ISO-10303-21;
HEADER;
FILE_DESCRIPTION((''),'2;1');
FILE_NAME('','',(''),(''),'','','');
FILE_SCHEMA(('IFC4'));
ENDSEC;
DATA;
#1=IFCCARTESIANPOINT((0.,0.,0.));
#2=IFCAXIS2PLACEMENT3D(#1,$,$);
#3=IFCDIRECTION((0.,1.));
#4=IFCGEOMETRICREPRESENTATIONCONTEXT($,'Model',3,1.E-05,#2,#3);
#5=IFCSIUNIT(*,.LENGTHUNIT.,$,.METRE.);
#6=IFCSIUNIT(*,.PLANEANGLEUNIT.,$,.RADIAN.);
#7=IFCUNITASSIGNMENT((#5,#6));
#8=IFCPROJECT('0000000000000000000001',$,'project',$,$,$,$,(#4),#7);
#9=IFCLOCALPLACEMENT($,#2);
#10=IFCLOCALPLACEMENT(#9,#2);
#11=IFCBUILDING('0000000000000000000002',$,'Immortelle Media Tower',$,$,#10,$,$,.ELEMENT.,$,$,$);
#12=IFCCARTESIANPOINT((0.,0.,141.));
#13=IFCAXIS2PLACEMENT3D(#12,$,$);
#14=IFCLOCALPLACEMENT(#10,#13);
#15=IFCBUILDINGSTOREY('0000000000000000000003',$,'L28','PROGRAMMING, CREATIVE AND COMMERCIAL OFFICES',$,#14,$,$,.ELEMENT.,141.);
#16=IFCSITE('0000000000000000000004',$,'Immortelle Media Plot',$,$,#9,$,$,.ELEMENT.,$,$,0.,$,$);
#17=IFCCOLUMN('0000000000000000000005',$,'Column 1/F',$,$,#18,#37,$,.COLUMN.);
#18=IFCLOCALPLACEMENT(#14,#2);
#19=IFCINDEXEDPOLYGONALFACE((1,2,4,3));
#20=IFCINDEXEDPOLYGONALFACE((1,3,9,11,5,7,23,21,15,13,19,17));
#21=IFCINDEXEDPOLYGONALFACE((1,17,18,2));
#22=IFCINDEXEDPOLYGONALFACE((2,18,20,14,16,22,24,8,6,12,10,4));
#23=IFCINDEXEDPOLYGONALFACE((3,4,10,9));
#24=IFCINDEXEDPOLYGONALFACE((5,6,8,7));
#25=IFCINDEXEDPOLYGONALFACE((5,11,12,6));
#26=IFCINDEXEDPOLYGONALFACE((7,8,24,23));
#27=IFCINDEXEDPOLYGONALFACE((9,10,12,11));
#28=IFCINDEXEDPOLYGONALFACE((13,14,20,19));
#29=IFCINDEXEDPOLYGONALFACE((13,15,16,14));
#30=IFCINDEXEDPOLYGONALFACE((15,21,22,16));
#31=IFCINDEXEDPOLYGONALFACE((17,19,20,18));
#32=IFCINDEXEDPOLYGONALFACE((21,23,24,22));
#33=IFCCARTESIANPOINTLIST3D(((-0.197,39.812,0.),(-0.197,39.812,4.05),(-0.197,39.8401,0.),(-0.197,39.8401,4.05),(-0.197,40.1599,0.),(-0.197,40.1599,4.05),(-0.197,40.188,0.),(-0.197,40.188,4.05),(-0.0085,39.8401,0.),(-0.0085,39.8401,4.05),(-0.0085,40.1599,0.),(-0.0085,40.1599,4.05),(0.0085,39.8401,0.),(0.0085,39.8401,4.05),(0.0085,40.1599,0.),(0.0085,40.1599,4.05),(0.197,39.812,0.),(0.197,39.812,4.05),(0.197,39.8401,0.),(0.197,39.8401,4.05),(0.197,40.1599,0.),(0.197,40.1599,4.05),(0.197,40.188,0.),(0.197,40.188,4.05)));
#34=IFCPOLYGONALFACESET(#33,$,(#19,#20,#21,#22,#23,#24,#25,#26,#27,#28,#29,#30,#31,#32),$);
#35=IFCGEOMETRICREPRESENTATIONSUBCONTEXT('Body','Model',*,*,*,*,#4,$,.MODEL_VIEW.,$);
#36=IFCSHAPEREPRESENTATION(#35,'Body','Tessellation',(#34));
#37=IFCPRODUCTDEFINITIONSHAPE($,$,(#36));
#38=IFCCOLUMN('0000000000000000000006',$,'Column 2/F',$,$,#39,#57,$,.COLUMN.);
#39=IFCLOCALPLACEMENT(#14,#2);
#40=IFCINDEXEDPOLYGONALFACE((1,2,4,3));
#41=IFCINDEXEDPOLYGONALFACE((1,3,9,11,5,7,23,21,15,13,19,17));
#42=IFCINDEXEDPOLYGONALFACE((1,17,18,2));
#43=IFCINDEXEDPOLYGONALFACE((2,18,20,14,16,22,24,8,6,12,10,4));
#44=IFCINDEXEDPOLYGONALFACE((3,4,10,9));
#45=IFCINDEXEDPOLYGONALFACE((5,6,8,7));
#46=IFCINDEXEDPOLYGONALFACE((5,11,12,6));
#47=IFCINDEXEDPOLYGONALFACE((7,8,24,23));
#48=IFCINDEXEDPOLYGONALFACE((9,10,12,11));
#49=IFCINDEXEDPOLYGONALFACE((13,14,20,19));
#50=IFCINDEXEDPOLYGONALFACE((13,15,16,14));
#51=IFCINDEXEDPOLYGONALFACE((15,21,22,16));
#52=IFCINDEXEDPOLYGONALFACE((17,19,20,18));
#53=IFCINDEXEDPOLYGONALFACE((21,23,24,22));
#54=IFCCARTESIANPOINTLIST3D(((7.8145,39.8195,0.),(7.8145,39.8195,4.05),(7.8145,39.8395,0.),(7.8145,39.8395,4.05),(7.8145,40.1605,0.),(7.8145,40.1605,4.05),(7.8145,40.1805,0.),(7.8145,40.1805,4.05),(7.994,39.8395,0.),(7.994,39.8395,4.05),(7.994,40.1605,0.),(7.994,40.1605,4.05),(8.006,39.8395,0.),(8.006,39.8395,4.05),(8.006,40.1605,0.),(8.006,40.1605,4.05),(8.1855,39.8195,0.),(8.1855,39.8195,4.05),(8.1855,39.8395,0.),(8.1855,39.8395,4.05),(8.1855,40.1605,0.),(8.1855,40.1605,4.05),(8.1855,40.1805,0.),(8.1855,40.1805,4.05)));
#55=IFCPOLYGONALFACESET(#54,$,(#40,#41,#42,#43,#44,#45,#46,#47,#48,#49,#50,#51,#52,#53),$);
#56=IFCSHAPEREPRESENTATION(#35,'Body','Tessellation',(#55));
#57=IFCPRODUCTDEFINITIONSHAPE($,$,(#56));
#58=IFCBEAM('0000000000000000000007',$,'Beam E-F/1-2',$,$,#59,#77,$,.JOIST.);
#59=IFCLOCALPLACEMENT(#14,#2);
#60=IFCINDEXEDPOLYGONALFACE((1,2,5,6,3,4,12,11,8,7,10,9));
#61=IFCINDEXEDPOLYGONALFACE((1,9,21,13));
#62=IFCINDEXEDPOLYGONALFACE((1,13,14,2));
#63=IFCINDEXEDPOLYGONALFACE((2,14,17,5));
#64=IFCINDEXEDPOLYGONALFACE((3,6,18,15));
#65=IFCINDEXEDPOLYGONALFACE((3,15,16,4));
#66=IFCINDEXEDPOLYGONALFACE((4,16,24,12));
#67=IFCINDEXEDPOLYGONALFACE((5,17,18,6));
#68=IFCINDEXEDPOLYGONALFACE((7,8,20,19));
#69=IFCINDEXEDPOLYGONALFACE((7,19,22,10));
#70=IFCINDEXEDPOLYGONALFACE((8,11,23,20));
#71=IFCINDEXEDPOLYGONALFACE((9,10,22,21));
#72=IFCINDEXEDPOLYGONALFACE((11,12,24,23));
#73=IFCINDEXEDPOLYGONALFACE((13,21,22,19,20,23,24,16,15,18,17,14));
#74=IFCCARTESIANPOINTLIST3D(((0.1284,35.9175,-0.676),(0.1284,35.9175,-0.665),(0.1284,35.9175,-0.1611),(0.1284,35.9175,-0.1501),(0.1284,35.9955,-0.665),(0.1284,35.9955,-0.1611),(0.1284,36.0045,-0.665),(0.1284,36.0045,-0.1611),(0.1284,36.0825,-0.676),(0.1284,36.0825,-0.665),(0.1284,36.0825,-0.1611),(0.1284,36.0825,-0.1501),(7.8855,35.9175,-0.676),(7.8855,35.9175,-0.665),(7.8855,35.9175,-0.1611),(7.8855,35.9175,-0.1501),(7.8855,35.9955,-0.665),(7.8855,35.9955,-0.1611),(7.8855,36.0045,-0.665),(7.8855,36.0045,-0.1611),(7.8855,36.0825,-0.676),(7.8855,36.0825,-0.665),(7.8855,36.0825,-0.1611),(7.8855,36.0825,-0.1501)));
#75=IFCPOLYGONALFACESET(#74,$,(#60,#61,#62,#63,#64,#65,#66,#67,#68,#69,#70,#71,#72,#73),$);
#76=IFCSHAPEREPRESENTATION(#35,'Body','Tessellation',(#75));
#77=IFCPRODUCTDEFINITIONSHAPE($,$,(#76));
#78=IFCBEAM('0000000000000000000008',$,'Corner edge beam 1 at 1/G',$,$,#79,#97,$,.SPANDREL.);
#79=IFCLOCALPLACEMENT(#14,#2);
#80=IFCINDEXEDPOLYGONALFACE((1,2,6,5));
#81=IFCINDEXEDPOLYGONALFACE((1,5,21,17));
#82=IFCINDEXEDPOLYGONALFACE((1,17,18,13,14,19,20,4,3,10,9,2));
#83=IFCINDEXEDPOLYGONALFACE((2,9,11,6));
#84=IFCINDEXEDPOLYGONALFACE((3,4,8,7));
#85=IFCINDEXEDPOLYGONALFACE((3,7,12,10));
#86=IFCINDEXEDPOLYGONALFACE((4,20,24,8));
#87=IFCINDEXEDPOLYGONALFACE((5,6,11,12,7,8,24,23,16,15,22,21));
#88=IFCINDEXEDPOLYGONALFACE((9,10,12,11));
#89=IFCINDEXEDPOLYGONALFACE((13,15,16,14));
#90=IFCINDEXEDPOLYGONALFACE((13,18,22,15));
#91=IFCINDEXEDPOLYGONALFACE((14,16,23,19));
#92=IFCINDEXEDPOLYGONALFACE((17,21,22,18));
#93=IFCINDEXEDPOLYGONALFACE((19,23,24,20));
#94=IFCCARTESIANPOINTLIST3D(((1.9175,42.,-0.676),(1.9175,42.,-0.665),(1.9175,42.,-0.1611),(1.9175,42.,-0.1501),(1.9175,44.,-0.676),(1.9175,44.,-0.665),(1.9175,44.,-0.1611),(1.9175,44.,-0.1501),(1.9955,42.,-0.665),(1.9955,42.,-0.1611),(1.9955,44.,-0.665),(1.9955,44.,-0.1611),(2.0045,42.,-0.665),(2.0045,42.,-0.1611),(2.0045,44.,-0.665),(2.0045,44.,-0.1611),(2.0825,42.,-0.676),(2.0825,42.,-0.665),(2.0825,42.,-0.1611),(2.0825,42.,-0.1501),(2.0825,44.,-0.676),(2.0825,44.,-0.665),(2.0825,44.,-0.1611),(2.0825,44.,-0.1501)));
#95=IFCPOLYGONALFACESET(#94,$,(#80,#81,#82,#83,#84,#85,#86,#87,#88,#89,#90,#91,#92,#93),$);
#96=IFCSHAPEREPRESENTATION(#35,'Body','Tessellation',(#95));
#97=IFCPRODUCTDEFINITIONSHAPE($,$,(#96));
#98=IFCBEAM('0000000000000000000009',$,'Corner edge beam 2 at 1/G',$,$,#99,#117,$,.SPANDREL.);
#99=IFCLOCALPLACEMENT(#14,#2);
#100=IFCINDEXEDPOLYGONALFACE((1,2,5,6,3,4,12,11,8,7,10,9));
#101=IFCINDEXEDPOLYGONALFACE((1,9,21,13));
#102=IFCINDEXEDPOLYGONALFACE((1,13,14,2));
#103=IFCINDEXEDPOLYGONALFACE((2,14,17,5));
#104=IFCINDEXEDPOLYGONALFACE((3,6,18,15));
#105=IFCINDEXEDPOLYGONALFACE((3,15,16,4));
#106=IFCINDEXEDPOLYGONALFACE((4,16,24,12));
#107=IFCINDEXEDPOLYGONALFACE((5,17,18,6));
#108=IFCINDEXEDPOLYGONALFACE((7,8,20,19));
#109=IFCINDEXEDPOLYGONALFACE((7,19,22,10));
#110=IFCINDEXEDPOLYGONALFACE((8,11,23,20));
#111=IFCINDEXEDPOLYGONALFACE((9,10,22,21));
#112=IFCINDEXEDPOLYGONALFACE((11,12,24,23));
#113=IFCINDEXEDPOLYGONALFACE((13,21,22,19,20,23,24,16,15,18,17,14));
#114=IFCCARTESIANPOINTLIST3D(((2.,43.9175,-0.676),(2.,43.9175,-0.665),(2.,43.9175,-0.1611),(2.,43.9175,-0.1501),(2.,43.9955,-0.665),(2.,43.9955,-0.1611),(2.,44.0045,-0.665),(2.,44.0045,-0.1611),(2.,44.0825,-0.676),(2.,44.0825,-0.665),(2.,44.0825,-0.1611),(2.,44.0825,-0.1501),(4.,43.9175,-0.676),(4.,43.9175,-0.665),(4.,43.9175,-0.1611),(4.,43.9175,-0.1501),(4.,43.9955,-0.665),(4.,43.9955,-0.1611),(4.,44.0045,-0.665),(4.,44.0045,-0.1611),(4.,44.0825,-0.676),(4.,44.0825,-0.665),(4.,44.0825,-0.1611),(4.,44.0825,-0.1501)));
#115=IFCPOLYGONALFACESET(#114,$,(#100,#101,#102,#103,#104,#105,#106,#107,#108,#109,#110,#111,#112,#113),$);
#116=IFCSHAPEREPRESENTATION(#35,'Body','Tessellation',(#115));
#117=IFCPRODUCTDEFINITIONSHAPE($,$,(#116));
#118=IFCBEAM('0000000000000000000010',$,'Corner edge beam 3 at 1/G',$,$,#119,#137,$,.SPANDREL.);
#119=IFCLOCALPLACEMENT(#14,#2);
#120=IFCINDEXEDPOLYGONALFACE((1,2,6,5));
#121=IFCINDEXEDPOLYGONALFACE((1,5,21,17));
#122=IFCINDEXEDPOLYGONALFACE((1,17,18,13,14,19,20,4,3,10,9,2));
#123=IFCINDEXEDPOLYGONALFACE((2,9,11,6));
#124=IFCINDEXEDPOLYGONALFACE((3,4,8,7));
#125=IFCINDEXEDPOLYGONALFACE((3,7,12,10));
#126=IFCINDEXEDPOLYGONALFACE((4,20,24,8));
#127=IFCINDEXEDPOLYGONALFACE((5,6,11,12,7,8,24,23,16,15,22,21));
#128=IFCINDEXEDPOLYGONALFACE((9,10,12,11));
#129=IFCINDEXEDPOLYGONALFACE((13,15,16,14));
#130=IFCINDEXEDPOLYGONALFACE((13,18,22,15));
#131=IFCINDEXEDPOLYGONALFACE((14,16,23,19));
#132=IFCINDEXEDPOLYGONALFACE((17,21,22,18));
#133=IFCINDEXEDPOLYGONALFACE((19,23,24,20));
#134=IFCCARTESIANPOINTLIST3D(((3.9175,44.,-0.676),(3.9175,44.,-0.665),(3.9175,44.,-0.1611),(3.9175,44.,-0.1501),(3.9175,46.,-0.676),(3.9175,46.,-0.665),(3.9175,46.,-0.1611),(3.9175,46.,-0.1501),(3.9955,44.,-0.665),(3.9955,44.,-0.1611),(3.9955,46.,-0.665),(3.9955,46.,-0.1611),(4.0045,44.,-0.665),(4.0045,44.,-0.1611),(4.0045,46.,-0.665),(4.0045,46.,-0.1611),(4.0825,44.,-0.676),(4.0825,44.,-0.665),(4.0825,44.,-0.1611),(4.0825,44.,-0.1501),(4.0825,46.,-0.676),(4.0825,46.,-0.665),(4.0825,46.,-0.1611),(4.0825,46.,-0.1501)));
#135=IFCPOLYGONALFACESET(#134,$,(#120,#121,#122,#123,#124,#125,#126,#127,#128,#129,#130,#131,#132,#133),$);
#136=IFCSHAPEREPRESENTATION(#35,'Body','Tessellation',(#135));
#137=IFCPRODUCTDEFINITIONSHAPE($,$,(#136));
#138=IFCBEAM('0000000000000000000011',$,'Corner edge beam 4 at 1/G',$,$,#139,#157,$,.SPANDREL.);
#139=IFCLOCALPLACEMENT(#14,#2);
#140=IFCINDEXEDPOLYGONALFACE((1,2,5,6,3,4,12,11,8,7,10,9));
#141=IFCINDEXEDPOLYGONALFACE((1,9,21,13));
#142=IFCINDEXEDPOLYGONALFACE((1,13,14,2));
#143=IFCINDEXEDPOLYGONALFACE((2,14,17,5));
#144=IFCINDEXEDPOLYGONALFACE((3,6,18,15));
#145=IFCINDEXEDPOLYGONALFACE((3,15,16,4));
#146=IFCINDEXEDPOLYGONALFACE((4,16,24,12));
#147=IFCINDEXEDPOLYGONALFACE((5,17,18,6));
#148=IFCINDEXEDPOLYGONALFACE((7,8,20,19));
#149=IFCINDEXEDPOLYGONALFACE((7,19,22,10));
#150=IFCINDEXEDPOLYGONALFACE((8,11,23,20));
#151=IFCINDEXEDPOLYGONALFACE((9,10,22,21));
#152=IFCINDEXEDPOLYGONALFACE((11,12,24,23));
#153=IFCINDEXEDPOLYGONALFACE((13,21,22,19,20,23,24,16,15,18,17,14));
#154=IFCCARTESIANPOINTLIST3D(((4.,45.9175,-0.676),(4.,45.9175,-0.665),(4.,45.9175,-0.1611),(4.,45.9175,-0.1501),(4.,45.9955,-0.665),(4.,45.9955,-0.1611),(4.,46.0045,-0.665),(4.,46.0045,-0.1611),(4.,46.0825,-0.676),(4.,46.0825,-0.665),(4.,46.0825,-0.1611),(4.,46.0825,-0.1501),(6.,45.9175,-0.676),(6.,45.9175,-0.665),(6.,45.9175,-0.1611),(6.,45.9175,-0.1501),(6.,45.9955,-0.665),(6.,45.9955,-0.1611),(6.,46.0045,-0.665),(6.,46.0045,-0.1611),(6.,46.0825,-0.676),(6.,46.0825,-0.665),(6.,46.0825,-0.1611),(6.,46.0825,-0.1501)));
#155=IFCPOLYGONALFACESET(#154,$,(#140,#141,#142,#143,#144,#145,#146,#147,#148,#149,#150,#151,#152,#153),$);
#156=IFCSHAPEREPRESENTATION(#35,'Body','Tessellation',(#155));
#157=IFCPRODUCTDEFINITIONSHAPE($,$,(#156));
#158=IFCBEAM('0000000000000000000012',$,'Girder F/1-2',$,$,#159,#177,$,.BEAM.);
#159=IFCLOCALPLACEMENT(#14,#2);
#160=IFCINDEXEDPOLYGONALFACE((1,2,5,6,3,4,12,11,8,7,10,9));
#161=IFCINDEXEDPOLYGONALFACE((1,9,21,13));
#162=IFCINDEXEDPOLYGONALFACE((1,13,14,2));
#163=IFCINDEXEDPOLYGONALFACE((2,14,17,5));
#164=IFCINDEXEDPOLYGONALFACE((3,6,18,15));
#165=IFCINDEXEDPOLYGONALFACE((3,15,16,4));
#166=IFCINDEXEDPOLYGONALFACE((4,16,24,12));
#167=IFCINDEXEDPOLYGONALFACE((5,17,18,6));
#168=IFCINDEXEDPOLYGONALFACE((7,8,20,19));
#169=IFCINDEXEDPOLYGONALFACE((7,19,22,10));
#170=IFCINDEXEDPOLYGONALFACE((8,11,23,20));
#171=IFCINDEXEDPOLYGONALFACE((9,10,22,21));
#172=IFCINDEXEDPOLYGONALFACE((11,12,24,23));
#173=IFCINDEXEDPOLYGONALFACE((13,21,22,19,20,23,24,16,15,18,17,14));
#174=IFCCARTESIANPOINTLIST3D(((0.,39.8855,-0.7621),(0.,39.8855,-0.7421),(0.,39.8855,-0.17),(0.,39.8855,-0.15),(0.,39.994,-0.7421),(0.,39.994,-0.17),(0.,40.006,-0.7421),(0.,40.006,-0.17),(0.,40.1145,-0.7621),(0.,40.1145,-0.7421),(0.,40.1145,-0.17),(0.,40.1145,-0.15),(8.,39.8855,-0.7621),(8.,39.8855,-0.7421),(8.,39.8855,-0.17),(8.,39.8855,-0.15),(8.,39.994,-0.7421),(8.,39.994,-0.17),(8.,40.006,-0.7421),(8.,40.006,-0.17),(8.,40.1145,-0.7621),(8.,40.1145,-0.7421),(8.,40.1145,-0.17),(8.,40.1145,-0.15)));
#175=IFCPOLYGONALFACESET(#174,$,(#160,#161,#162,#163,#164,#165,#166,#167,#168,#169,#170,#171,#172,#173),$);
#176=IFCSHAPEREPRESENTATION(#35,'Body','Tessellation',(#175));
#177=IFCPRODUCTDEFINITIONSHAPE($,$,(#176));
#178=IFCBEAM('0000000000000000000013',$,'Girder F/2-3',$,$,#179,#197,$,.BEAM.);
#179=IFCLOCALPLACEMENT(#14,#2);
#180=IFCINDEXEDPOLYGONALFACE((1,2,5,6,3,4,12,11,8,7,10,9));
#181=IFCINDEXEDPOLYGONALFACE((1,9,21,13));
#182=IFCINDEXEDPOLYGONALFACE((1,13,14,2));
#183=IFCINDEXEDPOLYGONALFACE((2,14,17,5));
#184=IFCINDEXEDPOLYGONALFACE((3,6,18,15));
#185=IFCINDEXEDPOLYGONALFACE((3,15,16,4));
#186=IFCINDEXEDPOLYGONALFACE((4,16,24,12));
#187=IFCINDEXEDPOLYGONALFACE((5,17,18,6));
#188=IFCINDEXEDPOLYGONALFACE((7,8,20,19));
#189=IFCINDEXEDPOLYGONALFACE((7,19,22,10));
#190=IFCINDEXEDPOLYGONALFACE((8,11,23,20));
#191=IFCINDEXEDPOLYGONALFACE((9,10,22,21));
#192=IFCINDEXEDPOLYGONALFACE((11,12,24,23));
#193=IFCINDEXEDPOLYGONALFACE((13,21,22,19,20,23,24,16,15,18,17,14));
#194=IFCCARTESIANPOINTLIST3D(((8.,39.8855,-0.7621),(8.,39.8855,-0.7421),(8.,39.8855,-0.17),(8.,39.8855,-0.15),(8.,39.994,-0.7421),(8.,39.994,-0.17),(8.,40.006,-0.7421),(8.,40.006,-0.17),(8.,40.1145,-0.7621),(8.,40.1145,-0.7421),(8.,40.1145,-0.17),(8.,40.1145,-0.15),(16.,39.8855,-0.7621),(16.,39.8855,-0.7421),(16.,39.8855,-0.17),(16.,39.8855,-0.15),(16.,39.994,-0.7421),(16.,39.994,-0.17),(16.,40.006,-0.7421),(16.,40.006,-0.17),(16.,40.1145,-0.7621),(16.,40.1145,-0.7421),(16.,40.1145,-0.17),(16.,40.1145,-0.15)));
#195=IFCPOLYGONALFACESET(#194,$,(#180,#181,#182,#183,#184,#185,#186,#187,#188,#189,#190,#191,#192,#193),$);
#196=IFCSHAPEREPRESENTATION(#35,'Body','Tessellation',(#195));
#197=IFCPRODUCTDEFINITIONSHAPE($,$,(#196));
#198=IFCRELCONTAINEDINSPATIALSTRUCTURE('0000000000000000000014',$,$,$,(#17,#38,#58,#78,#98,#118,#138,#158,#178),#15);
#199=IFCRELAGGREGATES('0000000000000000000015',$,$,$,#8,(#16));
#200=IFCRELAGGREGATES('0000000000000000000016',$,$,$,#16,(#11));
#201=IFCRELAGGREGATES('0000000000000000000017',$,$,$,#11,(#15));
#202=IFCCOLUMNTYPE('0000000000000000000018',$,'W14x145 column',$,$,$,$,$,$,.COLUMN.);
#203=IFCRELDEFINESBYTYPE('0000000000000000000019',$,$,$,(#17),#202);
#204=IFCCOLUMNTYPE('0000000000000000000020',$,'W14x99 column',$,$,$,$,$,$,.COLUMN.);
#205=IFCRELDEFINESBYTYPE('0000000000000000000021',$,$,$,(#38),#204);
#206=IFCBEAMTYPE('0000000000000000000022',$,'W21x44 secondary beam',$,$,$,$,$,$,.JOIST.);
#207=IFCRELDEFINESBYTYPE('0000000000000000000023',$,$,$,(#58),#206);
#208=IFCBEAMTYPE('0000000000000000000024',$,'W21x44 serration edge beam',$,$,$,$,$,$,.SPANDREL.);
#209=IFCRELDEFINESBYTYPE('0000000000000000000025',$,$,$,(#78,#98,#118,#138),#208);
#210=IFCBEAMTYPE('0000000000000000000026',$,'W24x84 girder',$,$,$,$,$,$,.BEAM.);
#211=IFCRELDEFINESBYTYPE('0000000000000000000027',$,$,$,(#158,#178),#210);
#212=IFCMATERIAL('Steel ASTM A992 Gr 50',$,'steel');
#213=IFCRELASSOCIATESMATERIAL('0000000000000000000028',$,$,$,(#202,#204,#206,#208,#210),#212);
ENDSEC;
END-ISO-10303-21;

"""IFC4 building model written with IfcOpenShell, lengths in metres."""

from ifc_helpers import new_model, si_unit, direction, frame, origin, origin_2d, place, context, subcontext, project, spatial, i_section, extrude, material, material_profile, profile_set, type_object, element, save


model = new_model("IFC4")

# Units and contexts
model_context = context("Model", 3, precision=1e-05, world=origin(), true_north=direction((0.0, 1.0)))
body_context = subcontext(model_context, "Body", "Model", "MODEL_VIEW")
ifc_project = project(units=[si_unit("LENGTHUNIT", "METRE"), si_unit("PLANEANGLEUNIT", "RADIAN")], contexts=[model_context])

# Site, building, storey
site_placement = place(None, origin())
site = spatial("IfcSite", under=ifc_project, at=site_placement, Name="Immortelle Media Plot", CompositionType="ELEMENT", RefElevation=0.0)
building_placement = place(site_placement, origin())
building = spatial("IfcBuilding", under=site, at=building_placement, Name="Immortelle Media Tower", CompositionType="ELEMENT")
storey_placement = place(building_placement, frame((0.0, 0.0, 141.0)))
storey = spatial("IfcBuildingStorey", under=building, at=storey_placement, Name="L28", Description="PROGRAMMING, CREATIVE AND COMMERCIAL OFFICES", CompositionType="ELEMENT", Elevation=141.0)

# Columns
ifc_material_1 = material(Name="Steel ASTM A992 Gr 50", Category="steel")
ifc_material_profile_1 = material_profile(ifc_material_1, i_section(OverallWidth=0.394, OverallDepth=0.376, WebThickness=0.0171, FlangeThickness=0.0281, at=origin_2d()), Name="W14x145")
ifc_profile_set_1 = profile_set([ifc_material_profile_1], Name="Steel ASTM A992 Gr 50")
column_type_1 = type_object("IfcColumnType", Name="W14x145 column", PredefinedType="COLUMN", material=ifc_profile_set_1)
column_1_placement = place(storey_placement, frame((0.0, 40.0, 0.0), z_axis=(0.0, 0.0, 1.0), x_axis=(1.0, 0.0, 0.0)))
element("IfcColumn", 1, at=column_1_placement, inside=storey, type_object=column_type_1, Name="Column 1/F", PredefinedType="COLUMN", context=body_context, shape_type="SweptSolid", body=[
    extrude(i_section(OverallWidth=0.394, OverallDepth=0.376, WebThickness=0.0171, FlangeThickness=0.0281, at=origin_2d()), origin(), (0.0, 0.0, 1.0), 4.05),
])
ifc_material_profile_2 = material_profile(ifc_material_1, i_section(OverallWidth=0.3711, OverallDepth=0.3611, WebThickness=0.012, FlangeThickness=0.02, at=origin_2d()), Name="W14x99")
ifc_profile_set_2 = profile_set([ifc_material_profile_2], Name="Steel ASTM A992 Gr 50")
column_type_2 = type_object("IfcColumnType", Name="W14x99 column", PredefinedType="COLUMN", material=ifc_profile_set_2)
column_2_placement = place(storey_placement, frame((8.0, 40.0, 0.0), z_axis=(0.0, 0.0, 1.0), x_axis=(1.0, 0.0, 0.0)))
element("IfcColumn", 2, at=column_2_placement, inside=storey, type_object=column_type_2, Name="Column 2/F", PredefinedType="COLUMN", context=body_context, shape_type="SweptSolid", body=[
    extrude(i_section(OverallWidth=0.3711, OverallDepth=0.3611, WebThickness=0.012, FlangeThickness=0.02, at=origin_2d()), origin(), (0.0, 0.0, 1.0), 4.05),
])

# Beams
ifc_material_profile_3 = material_profile(ifc_material_1, i_section(OverallWidth=0.165, OverallDepth=0.5259, WebThickness=0.009, FlangeThickness=0.011, at=origin_2d()), Name="W21x44")
ifc_profile_set_3 = profile_set([ifc_material_profile_3], Name="Steel ASTM A992 Gr 50")
beam_type_1 = type_object("IfcBeamType", Name="W21x44 secondary beam", PredefinedType="JOIST", material=ifc_profile_set_3)
beam_1_placement = place(storey_placement, frame((0.1284, 36.0, -0.4131), z_axis=(1.0, 0.0, 0.0), x_axis=(0.0, 1.0, 0.0)))
element("IfcBeam", 3, at=beam_1_placement, inside=storey, type_object=beam_type_1, Name="Beam E-F/1-2", PredefinedType="JOIST", context=body_context, shape_type="SweptSolid", body=[
    extrude(i_section(OverallWidth=0.165, OverallDepth=0.5259, WebThickness=0.009, FlangeThickness=0.011, at=origin_2d()), origin(), (0.0, 0.0, 1.0), 7.7571),
])
ifc_material_profile_4 = material_profile(ifc_material_1, i_section(OverallWidth=0.165, OverallDepth=0.5259, WebThickness=0.009, FlangeThickness=0.011, at=origin_2d()), Name="W21x44")
ifc_profile_set_4 = profile_set([ifc_material_profile_4], Name="Steel ASTM A992 Gr 50")
beam_type_2 = type_object("IfcBeamType", Name="W21x44 serration edge beam", PredefinedType="SPANDREL", material=ifc_profile_set_4)
for number, where, z_axis, x_axis, name in (
    (4, (2.0, 42.0, -0.4131), (0.0, 1.0, 0.0), (-1.0, 0.0, 0.0), "Corner edge beam 1 at 1/G"),
    (5, (2.0, 44.0, -0.4131), (1.0, 0.0, 0.0), (0.0, 1.0, 0.0), "Corner edge beam 2 at 1/G"),
    (6, (4.0, 44.0, -0.4131), (0.0, 1.0, 0.0), (-1.0, 0.0, 0.0), "Corner edge beam 3 at 1/G"),
    (7, (4.0, 46.0, -0.4131), (1.0, 0.0, 0.0), (0.0, 1.0, 0.0), "Corner edge beam 4 at 1/G"),
):
    element("IfcBeam", number, at=place(storey_placement, frame(where, z_axis=z_axis, x_axis=x_axis)), inside=storey, type_object=beam_type_2, Name=name, PredefinedType="SPANDREL", context=body_context, shape_type="SweptSolid", body=[
        extrude(i_section(OverallWidth=0.165, OverallDepth=0.5259, WebThickness=0.009, FlangeThickness=0.011, at=origin_2d()), origin(), (0.0, 0.0, 1.0), 2.0),
    ])
ifc_material_profile_5 = material_profile(ifc_material_1, i_section(OverallWidth=0.229, OverallDepth=0.6121, WebThickness=0.012, FlangeThickness=0.02, at=origin_2d()), Name="W24x84")
ifc_profile_set_5 = profile_set([ifc_material_profile_5], Name="Steel ASTM A992 Gr 50")
beam_type_3 = type_object("IfcBeamType", Name="W24x84 girder", PredefinedType="BEAM", material=ifc_profile_set_5)
for number, where, z_axis, x_axis, name in (
    (8, (0.0, 40.0, -0.4561), (1.0, 0.0, 0.0), (0.0, 1.0, 0.0), "Girder F/1-2"),
    (9, (8.0, 40.0, -0.4561), (1.0, 0.0, 0.0), (0.0, 1.0, 0.0), "Girder F/2-3"),
):
    element("IfcBeam", number, at=place(storey_placement, frame(where, z_axis=z_axis, x_axis=x_axis)), inside=storey, type_object=beam_type_3, Name=name, PredefinedType="BEAM", context=body_context, shape_type="SweptSolid", body=[
        extrude(i_section(OverallWidth=0.229, OverallDepth=0.6121, WebThickness=0.012, FlangeThickness=0.02, at=origin_2d()), origin(), (0.0, 0.0, 1.0), 8.0),
    ])

save(model, "model.ifc")
